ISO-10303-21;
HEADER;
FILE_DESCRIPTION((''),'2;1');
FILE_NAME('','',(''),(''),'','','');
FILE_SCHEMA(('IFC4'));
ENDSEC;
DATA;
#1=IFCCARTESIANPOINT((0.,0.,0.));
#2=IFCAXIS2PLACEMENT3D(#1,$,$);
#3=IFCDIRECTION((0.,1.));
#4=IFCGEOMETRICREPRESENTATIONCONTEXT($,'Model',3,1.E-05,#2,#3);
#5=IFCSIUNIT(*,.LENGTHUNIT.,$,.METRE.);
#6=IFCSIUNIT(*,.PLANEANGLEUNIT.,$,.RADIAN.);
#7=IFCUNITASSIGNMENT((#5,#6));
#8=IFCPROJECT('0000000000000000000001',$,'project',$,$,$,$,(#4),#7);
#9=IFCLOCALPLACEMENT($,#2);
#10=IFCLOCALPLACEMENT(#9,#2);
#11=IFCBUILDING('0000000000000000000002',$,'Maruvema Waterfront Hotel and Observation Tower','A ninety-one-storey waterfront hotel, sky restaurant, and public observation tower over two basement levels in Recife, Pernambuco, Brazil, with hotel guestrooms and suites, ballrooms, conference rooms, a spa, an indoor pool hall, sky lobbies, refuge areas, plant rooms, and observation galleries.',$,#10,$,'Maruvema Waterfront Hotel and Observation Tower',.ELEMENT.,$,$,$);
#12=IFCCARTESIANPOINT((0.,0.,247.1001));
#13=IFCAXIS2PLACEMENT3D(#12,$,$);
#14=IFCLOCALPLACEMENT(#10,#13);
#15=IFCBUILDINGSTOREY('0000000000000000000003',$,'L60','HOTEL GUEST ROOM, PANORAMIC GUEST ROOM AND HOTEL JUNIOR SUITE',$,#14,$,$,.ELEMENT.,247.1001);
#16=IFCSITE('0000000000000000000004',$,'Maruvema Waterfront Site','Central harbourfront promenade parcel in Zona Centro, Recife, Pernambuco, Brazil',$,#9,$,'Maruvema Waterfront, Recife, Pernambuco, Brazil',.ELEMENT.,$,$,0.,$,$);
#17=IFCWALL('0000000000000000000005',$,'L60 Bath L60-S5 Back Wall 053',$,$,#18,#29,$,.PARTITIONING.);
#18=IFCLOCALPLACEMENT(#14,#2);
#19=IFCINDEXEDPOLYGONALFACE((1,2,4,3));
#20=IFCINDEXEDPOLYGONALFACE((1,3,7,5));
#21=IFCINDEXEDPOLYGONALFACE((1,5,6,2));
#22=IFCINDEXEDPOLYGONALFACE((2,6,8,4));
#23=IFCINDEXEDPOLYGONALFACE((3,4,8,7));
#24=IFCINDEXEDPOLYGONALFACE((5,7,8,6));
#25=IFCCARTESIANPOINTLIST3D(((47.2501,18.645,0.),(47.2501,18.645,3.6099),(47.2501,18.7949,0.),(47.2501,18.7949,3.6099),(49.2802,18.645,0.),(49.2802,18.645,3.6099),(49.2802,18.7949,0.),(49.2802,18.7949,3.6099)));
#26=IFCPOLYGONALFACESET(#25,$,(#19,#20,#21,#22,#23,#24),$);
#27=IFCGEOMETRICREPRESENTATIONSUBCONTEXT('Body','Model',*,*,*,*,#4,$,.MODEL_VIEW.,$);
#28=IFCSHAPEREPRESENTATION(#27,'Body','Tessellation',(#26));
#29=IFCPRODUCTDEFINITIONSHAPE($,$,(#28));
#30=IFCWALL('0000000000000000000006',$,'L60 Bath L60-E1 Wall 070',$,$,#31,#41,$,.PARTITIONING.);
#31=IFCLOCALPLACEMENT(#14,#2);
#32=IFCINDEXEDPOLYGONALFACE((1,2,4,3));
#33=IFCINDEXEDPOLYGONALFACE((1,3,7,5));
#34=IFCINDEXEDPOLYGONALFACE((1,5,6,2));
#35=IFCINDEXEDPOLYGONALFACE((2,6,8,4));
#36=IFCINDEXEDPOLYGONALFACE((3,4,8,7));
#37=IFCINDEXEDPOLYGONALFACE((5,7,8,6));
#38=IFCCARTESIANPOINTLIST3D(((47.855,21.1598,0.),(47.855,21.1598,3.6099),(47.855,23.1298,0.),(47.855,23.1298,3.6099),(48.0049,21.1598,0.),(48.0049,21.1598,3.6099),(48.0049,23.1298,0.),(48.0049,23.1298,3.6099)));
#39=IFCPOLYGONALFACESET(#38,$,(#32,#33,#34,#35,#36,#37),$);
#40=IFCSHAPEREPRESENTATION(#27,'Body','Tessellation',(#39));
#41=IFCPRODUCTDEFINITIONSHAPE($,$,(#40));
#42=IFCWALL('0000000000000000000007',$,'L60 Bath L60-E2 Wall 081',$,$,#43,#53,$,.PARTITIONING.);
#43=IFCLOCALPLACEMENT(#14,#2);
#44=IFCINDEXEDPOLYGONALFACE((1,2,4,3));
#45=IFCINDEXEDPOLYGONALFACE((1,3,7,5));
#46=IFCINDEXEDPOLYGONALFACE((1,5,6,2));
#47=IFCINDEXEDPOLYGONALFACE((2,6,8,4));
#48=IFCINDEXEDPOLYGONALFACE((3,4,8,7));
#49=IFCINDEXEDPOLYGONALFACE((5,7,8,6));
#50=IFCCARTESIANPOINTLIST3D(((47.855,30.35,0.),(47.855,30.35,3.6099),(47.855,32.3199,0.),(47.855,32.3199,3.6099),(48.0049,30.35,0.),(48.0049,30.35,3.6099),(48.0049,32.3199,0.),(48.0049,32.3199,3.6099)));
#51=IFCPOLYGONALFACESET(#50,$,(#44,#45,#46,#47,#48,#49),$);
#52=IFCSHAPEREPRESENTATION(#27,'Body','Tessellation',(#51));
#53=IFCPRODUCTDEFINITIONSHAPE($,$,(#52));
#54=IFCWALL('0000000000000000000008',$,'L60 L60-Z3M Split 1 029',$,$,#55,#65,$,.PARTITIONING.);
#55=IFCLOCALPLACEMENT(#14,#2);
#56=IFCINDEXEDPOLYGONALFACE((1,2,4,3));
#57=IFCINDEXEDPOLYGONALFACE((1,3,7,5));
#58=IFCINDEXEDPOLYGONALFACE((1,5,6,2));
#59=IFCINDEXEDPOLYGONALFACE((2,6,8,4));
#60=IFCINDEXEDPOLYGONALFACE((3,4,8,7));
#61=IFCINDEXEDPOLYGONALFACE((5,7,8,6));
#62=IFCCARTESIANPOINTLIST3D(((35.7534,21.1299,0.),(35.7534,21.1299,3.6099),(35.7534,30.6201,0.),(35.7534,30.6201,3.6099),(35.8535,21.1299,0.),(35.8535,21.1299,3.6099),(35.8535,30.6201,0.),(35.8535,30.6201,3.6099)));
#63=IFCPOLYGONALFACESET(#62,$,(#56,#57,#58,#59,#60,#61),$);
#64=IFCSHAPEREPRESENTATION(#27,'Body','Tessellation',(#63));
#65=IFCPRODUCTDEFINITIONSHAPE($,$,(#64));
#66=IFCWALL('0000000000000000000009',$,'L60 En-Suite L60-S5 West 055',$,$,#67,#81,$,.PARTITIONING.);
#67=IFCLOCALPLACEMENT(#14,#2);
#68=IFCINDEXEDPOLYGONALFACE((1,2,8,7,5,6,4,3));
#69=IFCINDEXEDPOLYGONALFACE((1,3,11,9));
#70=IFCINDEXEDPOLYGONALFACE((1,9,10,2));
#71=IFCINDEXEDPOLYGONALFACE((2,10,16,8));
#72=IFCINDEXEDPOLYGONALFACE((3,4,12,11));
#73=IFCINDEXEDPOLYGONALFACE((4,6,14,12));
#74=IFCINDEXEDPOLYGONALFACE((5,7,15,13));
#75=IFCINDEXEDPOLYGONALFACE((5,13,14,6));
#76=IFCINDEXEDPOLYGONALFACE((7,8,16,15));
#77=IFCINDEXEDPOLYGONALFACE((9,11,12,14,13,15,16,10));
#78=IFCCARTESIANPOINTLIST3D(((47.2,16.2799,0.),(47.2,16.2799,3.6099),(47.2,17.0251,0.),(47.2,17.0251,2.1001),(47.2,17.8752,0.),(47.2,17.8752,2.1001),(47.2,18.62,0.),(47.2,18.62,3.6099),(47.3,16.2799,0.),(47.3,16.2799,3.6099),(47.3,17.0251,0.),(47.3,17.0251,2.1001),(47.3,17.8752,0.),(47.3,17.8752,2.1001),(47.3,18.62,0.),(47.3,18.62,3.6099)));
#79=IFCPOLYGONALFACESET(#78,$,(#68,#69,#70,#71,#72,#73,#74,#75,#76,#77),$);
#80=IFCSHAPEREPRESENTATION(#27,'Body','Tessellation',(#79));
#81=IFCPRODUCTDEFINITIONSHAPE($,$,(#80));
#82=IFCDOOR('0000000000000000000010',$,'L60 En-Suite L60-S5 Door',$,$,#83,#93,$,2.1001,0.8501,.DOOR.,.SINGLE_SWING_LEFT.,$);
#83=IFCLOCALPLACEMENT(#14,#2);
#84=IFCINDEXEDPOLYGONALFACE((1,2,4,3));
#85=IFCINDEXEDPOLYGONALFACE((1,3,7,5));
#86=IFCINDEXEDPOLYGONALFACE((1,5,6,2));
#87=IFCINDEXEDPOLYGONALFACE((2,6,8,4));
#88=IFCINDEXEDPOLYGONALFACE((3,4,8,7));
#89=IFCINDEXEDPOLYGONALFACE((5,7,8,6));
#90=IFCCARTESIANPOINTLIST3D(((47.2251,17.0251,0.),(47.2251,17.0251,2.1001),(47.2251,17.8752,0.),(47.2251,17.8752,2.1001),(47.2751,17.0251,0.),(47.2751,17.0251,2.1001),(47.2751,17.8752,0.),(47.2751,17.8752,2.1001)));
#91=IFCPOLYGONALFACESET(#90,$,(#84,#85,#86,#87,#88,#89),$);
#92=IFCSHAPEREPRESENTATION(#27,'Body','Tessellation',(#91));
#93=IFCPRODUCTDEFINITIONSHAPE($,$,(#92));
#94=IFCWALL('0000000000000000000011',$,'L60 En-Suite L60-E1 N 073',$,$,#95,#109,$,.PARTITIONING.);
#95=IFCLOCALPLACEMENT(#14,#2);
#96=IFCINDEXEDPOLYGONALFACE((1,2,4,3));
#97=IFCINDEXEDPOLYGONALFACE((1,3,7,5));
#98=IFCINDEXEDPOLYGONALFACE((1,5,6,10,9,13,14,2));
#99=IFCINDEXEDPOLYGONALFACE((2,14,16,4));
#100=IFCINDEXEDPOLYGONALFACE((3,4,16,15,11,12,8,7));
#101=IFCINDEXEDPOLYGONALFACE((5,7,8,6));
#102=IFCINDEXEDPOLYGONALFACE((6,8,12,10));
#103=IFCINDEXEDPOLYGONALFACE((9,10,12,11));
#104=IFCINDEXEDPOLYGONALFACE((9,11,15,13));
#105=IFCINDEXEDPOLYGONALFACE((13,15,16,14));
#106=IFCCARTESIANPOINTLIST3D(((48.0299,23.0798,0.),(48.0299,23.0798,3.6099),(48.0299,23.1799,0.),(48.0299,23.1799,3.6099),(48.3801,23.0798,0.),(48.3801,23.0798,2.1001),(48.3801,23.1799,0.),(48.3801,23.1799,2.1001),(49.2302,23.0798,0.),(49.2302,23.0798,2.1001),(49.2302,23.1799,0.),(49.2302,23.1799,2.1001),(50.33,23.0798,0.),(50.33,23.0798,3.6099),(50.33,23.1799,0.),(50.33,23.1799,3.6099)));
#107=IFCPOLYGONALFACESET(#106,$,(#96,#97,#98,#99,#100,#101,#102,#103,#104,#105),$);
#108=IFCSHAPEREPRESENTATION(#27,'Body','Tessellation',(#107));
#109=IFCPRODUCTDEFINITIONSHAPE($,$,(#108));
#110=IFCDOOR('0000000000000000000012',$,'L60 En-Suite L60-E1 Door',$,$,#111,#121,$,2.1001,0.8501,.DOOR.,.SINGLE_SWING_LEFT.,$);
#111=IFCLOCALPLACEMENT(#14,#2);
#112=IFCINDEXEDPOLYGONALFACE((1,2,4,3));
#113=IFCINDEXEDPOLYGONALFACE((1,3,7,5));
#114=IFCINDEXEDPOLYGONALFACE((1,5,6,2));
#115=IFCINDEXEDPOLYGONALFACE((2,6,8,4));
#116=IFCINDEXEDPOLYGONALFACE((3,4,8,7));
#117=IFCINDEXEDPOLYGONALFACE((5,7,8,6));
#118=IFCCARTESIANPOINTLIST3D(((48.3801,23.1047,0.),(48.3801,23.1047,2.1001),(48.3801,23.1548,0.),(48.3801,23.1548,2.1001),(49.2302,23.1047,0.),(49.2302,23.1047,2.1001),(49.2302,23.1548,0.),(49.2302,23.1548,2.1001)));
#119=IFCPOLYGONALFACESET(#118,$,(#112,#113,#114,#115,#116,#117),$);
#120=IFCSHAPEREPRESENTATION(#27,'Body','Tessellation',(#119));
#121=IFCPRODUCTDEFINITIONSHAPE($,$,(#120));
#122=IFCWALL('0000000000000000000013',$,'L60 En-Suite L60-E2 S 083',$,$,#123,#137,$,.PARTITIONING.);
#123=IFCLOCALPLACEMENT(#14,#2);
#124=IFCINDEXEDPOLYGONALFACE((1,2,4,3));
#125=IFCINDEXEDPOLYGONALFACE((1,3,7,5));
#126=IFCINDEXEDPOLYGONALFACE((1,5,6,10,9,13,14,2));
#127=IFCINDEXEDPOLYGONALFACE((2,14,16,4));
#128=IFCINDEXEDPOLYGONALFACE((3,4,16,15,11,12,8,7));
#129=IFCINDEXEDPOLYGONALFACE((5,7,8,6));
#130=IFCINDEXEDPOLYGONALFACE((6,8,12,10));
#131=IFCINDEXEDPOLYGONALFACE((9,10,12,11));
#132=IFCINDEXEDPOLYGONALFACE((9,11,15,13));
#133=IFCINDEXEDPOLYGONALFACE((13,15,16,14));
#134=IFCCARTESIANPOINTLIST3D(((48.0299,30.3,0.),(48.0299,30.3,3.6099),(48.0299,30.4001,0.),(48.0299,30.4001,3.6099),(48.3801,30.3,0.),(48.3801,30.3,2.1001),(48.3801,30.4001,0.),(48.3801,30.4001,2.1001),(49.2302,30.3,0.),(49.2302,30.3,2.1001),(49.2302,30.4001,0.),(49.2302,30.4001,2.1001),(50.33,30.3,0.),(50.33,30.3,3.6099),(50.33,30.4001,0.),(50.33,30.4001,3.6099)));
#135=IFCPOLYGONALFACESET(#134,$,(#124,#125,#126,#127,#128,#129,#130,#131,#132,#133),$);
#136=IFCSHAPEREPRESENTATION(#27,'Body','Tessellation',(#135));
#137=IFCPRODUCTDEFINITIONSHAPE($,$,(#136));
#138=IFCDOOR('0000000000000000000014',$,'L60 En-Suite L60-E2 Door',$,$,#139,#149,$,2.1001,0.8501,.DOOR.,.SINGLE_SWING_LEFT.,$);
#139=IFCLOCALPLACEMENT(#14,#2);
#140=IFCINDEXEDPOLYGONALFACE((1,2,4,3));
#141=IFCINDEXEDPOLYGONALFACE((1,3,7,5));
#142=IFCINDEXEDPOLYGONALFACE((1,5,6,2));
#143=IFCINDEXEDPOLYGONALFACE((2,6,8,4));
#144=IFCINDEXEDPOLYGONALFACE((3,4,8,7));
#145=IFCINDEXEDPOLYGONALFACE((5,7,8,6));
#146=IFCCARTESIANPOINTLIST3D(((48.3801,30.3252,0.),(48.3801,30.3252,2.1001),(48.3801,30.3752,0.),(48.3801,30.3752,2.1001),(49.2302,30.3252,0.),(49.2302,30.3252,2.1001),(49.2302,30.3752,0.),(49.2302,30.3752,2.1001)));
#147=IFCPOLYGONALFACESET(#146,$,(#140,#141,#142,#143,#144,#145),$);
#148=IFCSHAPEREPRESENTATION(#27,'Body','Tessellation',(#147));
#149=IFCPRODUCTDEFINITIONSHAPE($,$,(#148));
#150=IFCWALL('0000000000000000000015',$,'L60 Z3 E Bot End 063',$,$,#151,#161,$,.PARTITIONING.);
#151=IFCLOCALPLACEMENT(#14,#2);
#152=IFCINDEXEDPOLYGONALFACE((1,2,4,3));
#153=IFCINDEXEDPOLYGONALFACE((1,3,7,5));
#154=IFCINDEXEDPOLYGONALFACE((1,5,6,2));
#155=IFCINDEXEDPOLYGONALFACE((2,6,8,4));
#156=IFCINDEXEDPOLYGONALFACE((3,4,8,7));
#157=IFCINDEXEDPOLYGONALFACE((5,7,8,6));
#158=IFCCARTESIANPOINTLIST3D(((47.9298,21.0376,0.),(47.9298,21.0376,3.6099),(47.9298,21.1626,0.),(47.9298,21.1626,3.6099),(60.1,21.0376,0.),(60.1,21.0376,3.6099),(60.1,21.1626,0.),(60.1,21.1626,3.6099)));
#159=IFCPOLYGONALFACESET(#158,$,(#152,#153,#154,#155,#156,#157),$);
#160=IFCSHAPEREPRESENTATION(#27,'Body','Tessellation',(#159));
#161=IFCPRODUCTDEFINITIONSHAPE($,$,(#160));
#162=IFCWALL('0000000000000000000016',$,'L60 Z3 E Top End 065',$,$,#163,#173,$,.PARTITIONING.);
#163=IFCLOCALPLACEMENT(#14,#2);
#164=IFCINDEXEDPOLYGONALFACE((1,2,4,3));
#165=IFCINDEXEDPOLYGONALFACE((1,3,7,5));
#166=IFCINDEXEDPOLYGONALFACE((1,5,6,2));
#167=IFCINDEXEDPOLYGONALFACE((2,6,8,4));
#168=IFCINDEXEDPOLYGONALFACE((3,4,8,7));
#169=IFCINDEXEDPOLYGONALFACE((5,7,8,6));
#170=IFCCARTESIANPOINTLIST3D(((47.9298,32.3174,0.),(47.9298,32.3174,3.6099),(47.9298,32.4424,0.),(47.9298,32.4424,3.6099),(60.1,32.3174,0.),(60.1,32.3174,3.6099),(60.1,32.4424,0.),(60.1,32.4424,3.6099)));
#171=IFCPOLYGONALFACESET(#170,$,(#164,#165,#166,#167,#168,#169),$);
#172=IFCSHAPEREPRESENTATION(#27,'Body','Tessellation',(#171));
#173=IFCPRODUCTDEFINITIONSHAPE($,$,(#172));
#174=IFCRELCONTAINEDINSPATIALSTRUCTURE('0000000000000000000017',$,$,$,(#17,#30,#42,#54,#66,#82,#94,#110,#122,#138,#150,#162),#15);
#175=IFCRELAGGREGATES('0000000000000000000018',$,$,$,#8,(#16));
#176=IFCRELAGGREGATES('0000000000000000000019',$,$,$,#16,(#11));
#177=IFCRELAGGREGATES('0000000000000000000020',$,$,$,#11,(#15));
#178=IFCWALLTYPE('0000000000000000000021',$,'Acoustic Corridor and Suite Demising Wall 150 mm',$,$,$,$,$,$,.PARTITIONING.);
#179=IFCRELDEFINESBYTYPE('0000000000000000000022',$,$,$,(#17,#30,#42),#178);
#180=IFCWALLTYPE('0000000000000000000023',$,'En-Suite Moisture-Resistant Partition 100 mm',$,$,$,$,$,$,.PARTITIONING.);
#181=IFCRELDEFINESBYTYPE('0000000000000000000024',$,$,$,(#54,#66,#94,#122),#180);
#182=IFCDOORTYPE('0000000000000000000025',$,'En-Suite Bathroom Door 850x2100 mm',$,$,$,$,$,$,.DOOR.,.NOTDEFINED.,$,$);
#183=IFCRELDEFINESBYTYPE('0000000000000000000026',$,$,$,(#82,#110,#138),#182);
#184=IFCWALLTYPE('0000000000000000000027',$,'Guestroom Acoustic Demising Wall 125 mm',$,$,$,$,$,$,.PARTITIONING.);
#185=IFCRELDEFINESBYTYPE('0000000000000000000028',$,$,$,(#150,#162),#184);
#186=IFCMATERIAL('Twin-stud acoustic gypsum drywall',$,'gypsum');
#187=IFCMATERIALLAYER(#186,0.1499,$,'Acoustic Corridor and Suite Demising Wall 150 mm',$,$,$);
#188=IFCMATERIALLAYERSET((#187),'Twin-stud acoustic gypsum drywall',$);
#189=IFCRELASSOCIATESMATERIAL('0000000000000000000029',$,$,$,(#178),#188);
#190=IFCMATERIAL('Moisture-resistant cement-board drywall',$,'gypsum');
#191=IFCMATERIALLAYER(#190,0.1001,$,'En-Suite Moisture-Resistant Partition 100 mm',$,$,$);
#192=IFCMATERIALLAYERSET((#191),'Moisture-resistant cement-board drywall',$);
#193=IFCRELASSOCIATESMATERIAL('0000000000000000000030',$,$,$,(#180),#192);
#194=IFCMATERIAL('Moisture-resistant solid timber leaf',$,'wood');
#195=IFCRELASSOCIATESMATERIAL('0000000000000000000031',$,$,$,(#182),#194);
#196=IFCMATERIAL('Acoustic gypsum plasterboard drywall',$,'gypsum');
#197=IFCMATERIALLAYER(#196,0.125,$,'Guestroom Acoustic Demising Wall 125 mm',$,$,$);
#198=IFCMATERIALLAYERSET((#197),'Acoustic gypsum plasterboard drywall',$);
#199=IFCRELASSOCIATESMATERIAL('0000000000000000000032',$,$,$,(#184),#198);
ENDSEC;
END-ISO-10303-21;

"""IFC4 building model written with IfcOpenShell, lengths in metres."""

from ifc_helpers import new_model, si_unit, direction, frame, frame_2d, origin, place, context, subcontext, project, spatial, rectangle, extrude, material, layer, layer_set, type_object, element, fill, save


model = new_model("IFC4")

# Units and contexts
model_context = context("Model", 3, precision=1e-05, world=origin(), true_north=direction((0.0, 1.0)))
body_context = subcontext(model_context, "Body", "Model", "MODEL_VIEW")
ifc_project = project(units=[si_unit("LENGTHUNIT", "METRE"), si_unit("PLANEANGLEUNIT", "RADIAN")], contexts=[model_context])

# Site, building, storey
site_placement = place(None, origin())
site = spatial("IfcSite", under=ifc_project, at=site_placement, Name="Maruvema Waterfront Site", Description="Central harbourfront promenade parcel in Zona Centro, Recife, Pernambuco, Brazil", LongName="Maruvema Waterfront, Recife, Pernambuco, Brazil", CompositionType="ELEMENT", RefElevation=0.0)
building_placement = place(site_placement, origin())
building = spatial("IfcBuilding", under=site, at=building_placement, Name="Maruvema Waterfront Hotel and Observation Tower", Description="A ninety-one-storey waterfront hotel, sky restaurant, and public observation tower over two basement levels in Recife, Pernambuco, Brazil, with hotel guestrooms and suites, ballrooms, conference rooms, a spa, an indoor pool hall, sky lobbies, refuge areas, plant rooms, and observation galleries.", LongName="Maruvema Waterfront Hotel and Observation Tower", CompositionType="ELEMENT")
storey_placement = place(building_placement, frame((0.0, 0.0, 247.1001)))
storey = spatial("IfcBuildingStorey", under=building, at=storey_placement, Name="L60", Description="HOTEL GUEST ROOM, PANORAMIC GUEST ROOM AND HOTEL JUNIOR SUITE", CompositionType="ELEMENT", Elevation=247.1001)

# Shared definitions
ifc_material_1 = material(Name="Twin-stud acoustic gypsum drywall", Category="gypsum")
ifc_layer_1 = layer(ifc_material_1, 0.1499, Name="Acoustic Corridor and Suite Demising Wall 150 mm")
ifc_layer_set_1 = layer_set([ifc_layer_1], Name="Twin-stud acoustic gypsum drywall")
wall_type_1 = type_object("IfcWallType", Name="Acoustic Corridor and Suite Demising Wall 150 mm", PredefinedType="PARTITIONING", material=ifc_layer_set_1)

# Wall
wall_1_placement = place(storey_placement, frame((47.25, 18.72, 0.0), z_axis=(0.0, 0.0, 1.0), x_axis=(1.0, 0.0, 0.0)))
element("IfcWall", 1, at=wall_1_placement, inside=storey, type_object=wall_type_1, Name="L60 Bath L60-S5 Back Wall 053", PredefinedType="PARTITIONING", context=body_context, shape_type="SweptSolid", body=[
    extrude(rectangle(XDim=2.03, YDim=0.1499, at=frame_2d((1.0151, 0.0))), origin(), (0.0, 0.0, 1.0), 3.6099),
])

# Wall
wall_2_placement = place(storey_placement, frame((47.9299, 21.1599, 0.0), z_axis=(0.0, 0.0, 1.0), x_axis=(0.0, 1.0, 0.0)))
element("IfcWall", 2, at=wall_2_placement, inside=storey, type_object=wall_type_1, Name="L60 Bath L60-E1 Wall 070", PredefinedType="PARTITIONING", context=body_context, shape_type="SweptSolid", body=[
    extrude(rectangle(XDim=1.97, YDim=0.1499, at=frame_2d((0.9849, 0.0))), origin(), (0.0, 0.0, 1.0), 3.6099),
])

# Walls
wall_3_placement = place(storey_placement, frame((47.9299, 30.3501, 0.0), z_axis=(0.0, 0.0, 1.0), x_axis=(0.0, 1.0, 0.0)))
element("IfcWall", 3, at=wall_3_placement, inside=storey, type_object=wall_type_1, Name="L60 Bath L60-E2 Wall 081", PredefinedType="PARTITIONING", context=body_context, shape_type="SweptSolid", body=[
    extrude(rectangle(XDim=1.97, YDim=0.1499, at=frame_2d((0.9849, 0.0))), origin(), (0.0, 0.0, 1.0), 3.6099),
])
ifc_material_2 = material(Name="Moisture-resistant cement-board drywall", Category="gypsum")
ifc_layer_2 = layer(ifc_material_2, 0.1001, Name="En-Suite Moisture-Resistant Partition 100 mm")
ifc_layer_set_2 = layer_set([ifc_layer_2], Name="Moisture-resistant cement-board drywall")
wall_type_2 = type_object("IfcWallType", Name="En-Suite Moisture-Resistant Partition 100 mm", PredefinedType="PARTITIONING", material=ifc_layer_set_2)
wall_4_placement = place(storey_placement, frame((35.8035, 21.1299, 0.0), z_axis=(0.0, 0.0, 1.0), x_axis=(0.0, 1.0, 0.0)))
element("IfcWall", 4, at=wall_4_placement, inside=storey, type_object=wall_type_2, Name="L60 L60-Z3M Split 1 029", PredefinedType="PARTITIONING", context=body_context, shape_type="SweptSolid", body=[
    extrude(rectangle(XDim=9.4902, YDim=0.1001, at=frame_2d((4.7451, 0.0))), origin(), (0.0, 0.0, 1.0), 3.6099),
])

# Walls, openings, doors
wall_5_placement = place(storey_placement, frame((47.25, 16.28, 0.0), z_axis=(0.0, 0.0, 1.0), x_axis=(0.0, 1.0, 0.0)))
wall_5 = element("IfcWall", 5, at=wall_5_placement, inside=storey, type_object=wall_type_2, Name="L60 En-Suite L60-S5 West 055", PredefinedType="PARTITIONING", context=body_context, shape_type="SweptSolid", body=[
    extrude(rectangle(XDim=2.3401, YDim=0.1001, at=frame_2d((1.1699, 0.0))), origin(), (0.0, 0.0, 1.0), 3.6099),
])
opening_1_placement = place(wall_5_placement, frame((0.7451, 0.0, 0.0)))
opening_1 = element("IfcOpeningElement", 6, at=opening_1_placement, cuts=wall_5, PredefinedType="OPENING", context=body_context, shape_type="SweptSolid", body=[
    extrude(rectangle(XDim=0.8501, YDim=2.1001, at=frame_2d((0.425, 1.05))), frame((0.0, 0.0601, 0.0), z_axis=(0.0, -1.0, 0.0), x_axis=(1.0, 0.0, 0.0)), (0.0, 0.0, 1.0), 0.1201),
])
ifc_material_3 = material(Name="Moisture-resistant solid timber leaf", Category="wood")
door_type_1 = type_object("IfcDoorType", Name="En-Suite Bathroom Door 850x2100 mm", OperationType="NOTDEFINED", PredefinedType="DOOR", material=ifc_material_3)
door_1_placement = place(opening_1_placement, origin())
door_1 = element("IfcDoor", 7, at=door_1_placement, inside=storey, type_object=door_type_1, Name="L60 En-Suite L60-S5 Door", OperationType="SINGLE_SWING_LEFT", OverallHeight=2.1001, OverallWidth=0.8501, PredefinedType="DOOR", context=body_context, shape_type="SweptSolid", body=[
    extrude(rectangle(XDim=0.8501, YDim=2.1001, at=frame_2d((0.425, 1.05))), frame((0.0, 0.0249, 0.0), z_axis=(0.0, -1.0, 0.0), x_axis=(1.0, 0.0, 0.0)), (0.0, 0.0, 1.0), 0.05),
])
fill(opening_1, door_1)
wall_6_placement = place(storey_placement, frame((48.03, 23.1299, 0.0), z_axis=(0.0, 0.0, 1.0), x_axis=(1.0, 0.0, 0.0)))
wall_6 = element("IfcWall", 8, at=wall_6_placement, inside=storey, type_object=wall_type_2, Name="L60 En-Suite L60-E1 N 073", PredefinedType="PARTITIONING", context=body_context, shape_type="SweptSolid", body=[
    extrude(rectangle(XDim=2.3, YDim=0.1001, at=frame_2d((1.1499, 0.0))), origin(), (0.0, 0.0, 1.0), 3.6099),
])
opening_2_placement = place(wall_6_placement, frame((0.3501, 0.0, 0.0)))
opening_2 = element("IfcOpeningElement", 9, at=opening_2_placement, cuts=wall_6, PredefinedType="OPENING", context=body_context, shape_type="SweptSolid", body=[
    extrude(rectangle(XDim=0.8501, YDim=2.1001, at=frame_2d((0.425, 1.05))), frame((0.0, 0.0601, 0.0), z_axis=(0.0, -1.0, 0.0), x_axis=(1.0, 0.0, 0.0)), (0.0, 0.0, 1.0), 0.1201),
])
door_2_placement = place(opening_2_placement, origin())
door_2 = element("IfcDoor", 10, at=door_2_placement, inside=storey, type_object=door_type_1, Name="L60 En-Suite L60-E1 Door", OperationType="SINGLE_SWING_LEFT", OverallHeight=2.1001, OverallWidth=0.8501, PredefinedType="DOOR", context=body_context, shape_type="SweptSolid", body=[
    extrude(rectangle(XDim=0.8501, YDim=2.1001, at=frame_2d((0.425, 1.05))), frame((0.0, 0.0249, 0.0), z_axis=(0.0, -1.0, 0.0), x_axis=(1.0, 0.0, 0.0)), (0.0, 0.0, 1.0), 0.05),
])
fill(opening_2, door_2)
wall_7_placement = place(storey_placement, frame((48.03, 30.3501, 0.0), z_axis=(0.0, 0.0, 1.0), x_axis=(1.0, 0.0, 0.0)))
wall_7 = element("IfcWall", 11, at=wall_7_placement, inside=storey, type_object=wall_type_2, Name="L60 En-Suite L60-E2 S 083", PredefinedType="PARTITIONING", context=body_context, shape_type="SweptSolid", body=[
    extrude(rectangle(XDim=2.3, YDim=0.1001, at=frame_2d((1.1499, 0.0))), origin(), (0.0, 0.0, 1.0), 3.6099),
])
opening_3_placement = place(wall_7_placement, frame((0.3501, 0.0, 0.0)))
opening_3 = element("IfcOpeningElement", 12, at=opening_3_placement, cuts=wall_7, PredefinedType="OPENING", context=body_context, shape_type="SweptSolid", body=[
    extrude(rectangle(XDim=0.8501, YDim=2.1001, at=frame_2d((0.425, 1.05))), frame((0.0, 0.0601, 0.0), z_axis=(0.0, -1.0, 0.0), x_axis=(1.0, 0.0, 0.0)), (0.0, 0.0, 1.0), 0.1201),
])
door_3_placement = place(opening_3_placement, frame((0.8501, 0.0, 0.0), z_axis=(0.0, 0.0, 1.0), x_axis=(-1.0, 0.0, 0.0)))
door_3 = element("IfcDoor", 13, at=door_3_placement, inside=storey, type_object=door_type_1, Name="L60 En-Suite L60-E2 Door", OperationType="SINGLE_SWING_LEFT", OverallHeight=2.1001, OverallWidth=0.8501, PredefinedType="DOOR", context=body_context, shape_type="SweptSolid", body=[
    extrude(rectangle(XDim=0.8501, YDim=2.1001, at=frame_2d((0.425, 1.05))), frame((0.0, 0.0249, 0.0), z_axis=(0.0, -1.0, 0.0), x_axis=(1.0, 0.0, 0.0)), (0.0, 0.0, 1.0), 0.05),
])
fill(opening_3, door_3)

# Walls
ifc_material_4 = material(Name="Acoustic gypsum plasterboard drywall", Category="gypsum")
ifc_layer_3 = layer(ifc_material_4, 0.125, Name="Guestroom Acoustic Demising Wall 125 mm")
ifc_layer_set_3 = layer_set([ifc_layer_3], Name="Acoustic gypsum plasterboard drywall")
wall_type_3 = type_object("IfcWallType", Name="Guestroom Acoustic Demising Wall 125 mm", PredefinedType="PARTITIONING", material=ifc_layer_set_3)
for number, where, z_axis, x_axis, name in (
    (14, (47.9299, 21.1001, 0.0), (0.0, 0.0, 1.0), (1.0, 0.0, 0.0), "L60 Z3 E Bot End 063"),
    (15, (47.9299, 32.3799, 0.0), (0.0, 0.0, 1.0), (1.0, 0.0, 0.0), "L60 Z3 E Top End 065"),
):
    element("IfcWall", number, at=place(storey_placement, frame(where, z_axis=z_axis, x_axis=x_axis)), inside=storey, type_object=wall_type_3, Name=name, PredefinedType="PARTITIONING", context=body_context, shape_type="SweptSolid", body=[
        extrude(rectangle(XDim=12.1702, YDim=0.125, at=frame_2d((6.085, 0.0))), origin(), (0.0, 0.0, 1.0), 3.6099),
    ])

save(model, "model.ifc")
